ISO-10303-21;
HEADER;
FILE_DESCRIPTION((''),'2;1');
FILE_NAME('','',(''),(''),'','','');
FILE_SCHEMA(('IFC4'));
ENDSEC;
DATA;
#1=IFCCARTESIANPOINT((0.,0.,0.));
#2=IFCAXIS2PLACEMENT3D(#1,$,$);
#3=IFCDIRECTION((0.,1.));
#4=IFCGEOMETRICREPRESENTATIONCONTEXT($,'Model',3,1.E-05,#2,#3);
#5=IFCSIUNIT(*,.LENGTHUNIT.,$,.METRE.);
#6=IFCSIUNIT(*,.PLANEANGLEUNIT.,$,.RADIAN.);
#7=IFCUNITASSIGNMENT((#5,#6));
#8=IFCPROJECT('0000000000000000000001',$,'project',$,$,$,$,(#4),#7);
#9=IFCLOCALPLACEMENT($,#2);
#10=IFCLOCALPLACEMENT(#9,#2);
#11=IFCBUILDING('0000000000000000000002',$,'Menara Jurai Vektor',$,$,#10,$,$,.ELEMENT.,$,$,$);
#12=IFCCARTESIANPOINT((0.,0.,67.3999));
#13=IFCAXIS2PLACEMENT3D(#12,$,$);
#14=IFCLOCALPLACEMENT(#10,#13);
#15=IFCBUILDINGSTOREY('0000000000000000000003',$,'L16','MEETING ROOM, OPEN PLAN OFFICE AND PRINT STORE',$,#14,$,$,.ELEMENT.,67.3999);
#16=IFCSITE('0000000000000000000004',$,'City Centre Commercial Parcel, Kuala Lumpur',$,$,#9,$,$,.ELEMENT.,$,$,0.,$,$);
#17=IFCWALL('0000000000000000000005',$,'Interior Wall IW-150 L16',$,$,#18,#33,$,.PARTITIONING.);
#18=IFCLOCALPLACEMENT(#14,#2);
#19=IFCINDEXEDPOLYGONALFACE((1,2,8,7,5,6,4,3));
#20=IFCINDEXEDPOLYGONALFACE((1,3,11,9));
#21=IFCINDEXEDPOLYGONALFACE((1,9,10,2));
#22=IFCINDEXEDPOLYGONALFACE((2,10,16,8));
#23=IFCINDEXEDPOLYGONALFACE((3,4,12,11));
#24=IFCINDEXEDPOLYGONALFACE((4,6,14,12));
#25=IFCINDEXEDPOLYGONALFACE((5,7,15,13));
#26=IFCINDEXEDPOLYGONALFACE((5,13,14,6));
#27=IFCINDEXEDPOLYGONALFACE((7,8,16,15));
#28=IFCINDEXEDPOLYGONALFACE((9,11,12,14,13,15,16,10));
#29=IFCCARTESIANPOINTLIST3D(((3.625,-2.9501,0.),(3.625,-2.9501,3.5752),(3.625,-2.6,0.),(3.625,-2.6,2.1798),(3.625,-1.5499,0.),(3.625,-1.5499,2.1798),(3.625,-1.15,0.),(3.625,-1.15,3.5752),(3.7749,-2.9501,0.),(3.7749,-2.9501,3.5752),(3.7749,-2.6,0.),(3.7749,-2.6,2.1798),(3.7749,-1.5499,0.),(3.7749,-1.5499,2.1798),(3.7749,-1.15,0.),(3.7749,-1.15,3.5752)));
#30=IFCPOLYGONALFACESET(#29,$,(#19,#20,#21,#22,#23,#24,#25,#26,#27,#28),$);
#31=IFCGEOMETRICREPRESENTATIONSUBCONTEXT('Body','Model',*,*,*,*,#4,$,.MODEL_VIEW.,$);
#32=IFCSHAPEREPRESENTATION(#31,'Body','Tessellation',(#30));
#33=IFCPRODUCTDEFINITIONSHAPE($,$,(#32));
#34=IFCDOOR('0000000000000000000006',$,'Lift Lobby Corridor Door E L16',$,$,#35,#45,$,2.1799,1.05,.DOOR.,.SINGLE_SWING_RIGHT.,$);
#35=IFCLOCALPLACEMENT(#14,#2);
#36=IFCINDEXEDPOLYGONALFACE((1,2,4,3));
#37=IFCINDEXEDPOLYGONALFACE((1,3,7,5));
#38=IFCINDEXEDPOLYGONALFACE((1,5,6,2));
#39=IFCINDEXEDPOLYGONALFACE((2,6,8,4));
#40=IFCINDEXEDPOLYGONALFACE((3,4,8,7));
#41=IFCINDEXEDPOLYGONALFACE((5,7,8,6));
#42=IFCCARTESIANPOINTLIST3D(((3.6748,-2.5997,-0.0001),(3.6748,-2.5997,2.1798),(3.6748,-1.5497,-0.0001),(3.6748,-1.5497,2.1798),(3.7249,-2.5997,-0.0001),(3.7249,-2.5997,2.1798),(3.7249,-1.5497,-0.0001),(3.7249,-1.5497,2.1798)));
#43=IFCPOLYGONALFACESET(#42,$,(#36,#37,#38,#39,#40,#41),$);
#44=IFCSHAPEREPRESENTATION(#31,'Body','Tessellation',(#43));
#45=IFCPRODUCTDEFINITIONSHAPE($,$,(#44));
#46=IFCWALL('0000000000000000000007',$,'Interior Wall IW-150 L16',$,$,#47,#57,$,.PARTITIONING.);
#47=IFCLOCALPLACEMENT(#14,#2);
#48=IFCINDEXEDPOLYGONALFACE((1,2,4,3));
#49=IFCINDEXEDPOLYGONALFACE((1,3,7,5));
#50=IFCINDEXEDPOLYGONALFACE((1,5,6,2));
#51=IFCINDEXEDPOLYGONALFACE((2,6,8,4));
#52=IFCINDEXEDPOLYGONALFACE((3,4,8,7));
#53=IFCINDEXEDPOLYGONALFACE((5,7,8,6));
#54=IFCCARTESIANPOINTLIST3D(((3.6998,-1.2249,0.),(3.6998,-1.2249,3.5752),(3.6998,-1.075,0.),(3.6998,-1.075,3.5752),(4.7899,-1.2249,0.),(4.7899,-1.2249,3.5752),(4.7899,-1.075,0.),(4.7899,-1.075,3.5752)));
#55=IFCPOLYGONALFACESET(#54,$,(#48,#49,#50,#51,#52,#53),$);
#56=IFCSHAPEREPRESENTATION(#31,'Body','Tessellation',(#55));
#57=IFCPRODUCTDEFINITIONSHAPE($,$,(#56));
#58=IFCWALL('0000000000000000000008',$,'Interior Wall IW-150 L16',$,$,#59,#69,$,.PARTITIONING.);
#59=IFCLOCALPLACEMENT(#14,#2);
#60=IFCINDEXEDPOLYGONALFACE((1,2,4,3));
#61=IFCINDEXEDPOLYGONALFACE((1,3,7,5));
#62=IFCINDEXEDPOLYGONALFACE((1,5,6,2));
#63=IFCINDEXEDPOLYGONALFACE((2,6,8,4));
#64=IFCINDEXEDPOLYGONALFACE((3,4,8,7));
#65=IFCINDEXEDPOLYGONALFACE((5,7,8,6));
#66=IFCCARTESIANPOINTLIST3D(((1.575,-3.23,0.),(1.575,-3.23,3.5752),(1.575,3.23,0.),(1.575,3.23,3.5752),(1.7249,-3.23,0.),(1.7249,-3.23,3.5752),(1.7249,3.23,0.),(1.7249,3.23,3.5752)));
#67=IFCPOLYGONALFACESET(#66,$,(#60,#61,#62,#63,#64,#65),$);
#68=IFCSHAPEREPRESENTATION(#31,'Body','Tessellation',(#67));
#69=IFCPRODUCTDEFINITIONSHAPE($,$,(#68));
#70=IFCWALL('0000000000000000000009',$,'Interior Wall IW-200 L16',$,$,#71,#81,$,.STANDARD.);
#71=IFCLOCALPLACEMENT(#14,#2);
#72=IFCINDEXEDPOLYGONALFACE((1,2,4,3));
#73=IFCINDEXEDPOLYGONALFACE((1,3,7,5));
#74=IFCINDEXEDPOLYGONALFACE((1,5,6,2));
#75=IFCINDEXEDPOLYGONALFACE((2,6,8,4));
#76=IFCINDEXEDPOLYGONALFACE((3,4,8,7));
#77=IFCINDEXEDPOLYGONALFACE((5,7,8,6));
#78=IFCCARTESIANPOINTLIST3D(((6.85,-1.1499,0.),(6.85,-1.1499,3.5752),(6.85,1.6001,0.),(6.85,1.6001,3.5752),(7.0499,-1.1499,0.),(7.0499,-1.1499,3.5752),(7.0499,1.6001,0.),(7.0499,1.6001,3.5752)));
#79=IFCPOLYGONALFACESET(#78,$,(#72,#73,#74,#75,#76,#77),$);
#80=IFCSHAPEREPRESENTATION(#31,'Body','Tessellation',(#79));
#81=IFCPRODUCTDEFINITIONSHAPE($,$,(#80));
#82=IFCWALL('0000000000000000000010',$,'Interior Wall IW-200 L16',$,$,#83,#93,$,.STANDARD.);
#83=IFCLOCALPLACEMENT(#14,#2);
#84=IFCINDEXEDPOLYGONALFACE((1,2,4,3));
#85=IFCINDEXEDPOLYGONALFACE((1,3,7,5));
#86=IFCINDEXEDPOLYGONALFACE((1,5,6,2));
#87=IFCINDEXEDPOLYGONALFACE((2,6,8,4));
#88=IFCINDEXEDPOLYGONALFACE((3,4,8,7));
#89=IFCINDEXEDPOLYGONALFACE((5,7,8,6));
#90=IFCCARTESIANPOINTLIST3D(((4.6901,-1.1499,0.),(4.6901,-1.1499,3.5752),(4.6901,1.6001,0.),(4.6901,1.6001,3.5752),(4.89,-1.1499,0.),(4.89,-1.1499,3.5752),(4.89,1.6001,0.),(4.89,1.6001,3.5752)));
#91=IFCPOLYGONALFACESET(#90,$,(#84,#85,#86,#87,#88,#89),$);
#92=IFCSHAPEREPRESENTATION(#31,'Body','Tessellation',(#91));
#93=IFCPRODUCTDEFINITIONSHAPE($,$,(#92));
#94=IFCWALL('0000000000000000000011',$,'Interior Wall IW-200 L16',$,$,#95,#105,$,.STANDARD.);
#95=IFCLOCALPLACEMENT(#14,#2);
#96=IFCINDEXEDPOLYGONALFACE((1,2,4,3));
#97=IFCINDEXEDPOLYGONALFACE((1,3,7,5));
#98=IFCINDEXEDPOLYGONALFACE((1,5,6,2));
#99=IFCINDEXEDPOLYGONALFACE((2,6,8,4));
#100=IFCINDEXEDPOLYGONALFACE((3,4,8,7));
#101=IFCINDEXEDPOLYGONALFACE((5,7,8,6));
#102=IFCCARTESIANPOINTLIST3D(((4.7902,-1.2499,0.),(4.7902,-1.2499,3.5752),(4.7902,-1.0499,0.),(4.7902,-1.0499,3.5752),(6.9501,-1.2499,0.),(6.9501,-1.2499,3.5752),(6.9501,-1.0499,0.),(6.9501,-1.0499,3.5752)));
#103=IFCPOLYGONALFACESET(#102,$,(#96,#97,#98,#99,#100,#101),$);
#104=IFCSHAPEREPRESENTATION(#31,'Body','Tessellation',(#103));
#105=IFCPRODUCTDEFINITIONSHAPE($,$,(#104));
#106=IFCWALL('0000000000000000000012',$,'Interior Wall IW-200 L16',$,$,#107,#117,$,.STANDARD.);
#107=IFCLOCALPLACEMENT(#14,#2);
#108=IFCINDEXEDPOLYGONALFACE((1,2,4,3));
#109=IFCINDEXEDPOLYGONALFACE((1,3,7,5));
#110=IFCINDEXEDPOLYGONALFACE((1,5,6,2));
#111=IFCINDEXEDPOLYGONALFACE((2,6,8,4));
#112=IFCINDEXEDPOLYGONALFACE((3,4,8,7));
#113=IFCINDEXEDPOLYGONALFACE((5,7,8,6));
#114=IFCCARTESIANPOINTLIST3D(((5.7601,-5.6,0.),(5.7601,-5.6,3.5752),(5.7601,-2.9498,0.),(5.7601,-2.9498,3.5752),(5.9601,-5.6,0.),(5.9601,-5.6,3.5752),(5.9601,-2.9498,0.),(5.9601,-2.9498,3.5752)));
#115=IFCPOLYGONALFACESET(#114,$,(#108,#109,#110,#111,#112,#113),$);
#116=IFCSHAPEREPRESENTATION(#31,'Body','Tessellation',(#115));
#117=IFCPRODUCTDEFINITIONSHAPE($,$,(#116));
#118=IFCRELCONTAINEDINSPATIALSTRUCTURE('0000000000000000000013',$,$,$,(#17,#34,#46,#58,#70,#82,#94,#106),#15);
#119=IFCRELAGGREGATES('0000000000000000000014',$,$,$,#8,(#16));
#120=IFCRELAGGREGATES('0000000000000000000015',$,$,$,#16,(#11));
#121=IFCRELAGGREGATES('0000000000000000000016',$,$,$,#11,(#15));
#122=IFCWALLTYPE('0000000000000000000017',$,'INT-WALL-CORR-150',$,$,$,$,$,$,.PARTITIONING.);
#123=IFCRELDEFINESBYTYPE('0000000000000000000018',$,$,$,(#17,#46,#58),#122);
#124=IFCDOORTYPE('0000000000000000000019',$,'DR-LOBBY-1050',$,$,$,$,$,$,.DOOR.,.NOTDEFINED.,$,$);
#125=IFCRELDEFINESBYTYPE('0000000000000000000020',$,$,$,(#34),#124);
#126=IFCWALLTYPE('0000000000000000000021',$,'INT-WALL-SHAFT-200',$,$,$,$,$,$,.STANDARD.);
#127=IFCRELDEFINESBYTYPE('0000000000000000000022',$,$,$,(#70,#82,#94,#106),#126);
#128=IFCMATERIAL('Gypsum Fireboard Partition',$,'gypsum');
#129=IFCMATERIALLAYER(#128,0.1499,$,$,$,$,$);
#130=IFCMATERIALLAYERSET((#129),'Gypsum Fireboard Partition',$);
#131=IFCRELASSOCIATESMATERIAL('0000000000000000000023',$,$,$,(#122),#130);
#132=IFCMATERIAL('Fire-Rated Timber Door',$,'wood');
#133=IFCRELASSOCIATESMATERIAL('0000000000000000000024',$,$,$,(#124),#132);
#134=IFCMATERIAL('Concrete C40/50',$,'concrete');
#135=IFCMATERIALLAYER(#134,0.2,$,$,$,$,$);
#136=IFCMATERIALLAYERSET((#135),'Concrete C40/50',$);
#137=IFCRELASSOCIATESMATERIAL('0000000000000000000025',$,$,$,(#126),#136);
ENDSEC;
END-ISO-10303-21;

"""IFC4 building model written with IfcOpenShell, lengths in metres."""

from ifc_helpers import new_model, si_unit, direction, frame, frame_2d, origin, place, context, subcontext, project, spatial, rectangle, extrude, material, layer, layer_set, type_object, element, fill, save


model = new_model("IFC4")

# Units and contexts
model_context = context("Model", 3, precision=1e-05, world=origin(), true_north=direction((0.0, 1.0)))
body_context = subcontext(model_context, "Body", "Model", "MODEL_VIEW")
ifc_project = project(units=[si_unit("LENGTHUNIT", "METRE"), si_unit("PLANEANGLEUNIT", "RADIAN")], contexts=[model_context])

# Site, building, storey
site_placement = place(None, origin())
site = spatial("IfcSite", under=ifc_project, at=site_placement, Name="City Centre Commercial Parcel, Kuala Lumpur", CompositionType="ELEMENT", RefElevation=0.0)
building_placement = place(site_placement, origin())
building = spatial("IfcBuilding", under=site, at=building_placement, Name="Menara Jurai Vektor", CompositionType="ELEMENT")
storey_placement = place(building_placement, frame((0.0, 0.0, 67.3999)))
storey = spatial("IfcBuildingStorey", under=building, at=storey_placement, Name="L16", Description="MEETING ROOM, OPEN PLAN OFFICE AND PRINT STORE", CompositionType="ELEMENT", Elevation=67.3999)

# Shared definitions
ifc_material_1 = material(Name="Concrete C40/50", Category="concrete")

# Wall, opening, door
ifc_material_2 = material(Name="Gypsum Fireboard Partition", Category="gypsum")
ifc_layer_1 = layer(ifc_material_2, 0.1499)
ifc_layer_set_1 = layer_set([ifc_layer_1], Name="Gypsum Fireboard Partition")
wall_type_1 = type_object("IfcWallType", Name="INT-WALL-CORR-150", PredefinedType="PARTITIONING", material=ifc_layer_set_1)
wall_1_placement = place(storey_placement, frame((3.7, -2.95, 0.0), z_axis=(0.0, 0.0, 1.0), x_axis=(0.0, 1.0, 0.0)))
wall_1 = element("IfcWall", 1, at=wall_1_placement, inside=storey, type_object=wall_type_1, Name="Interior Wall IW-150 L16", PredefinedType="PARTITIONING", context=body_context, shape_type="SweptSolid", body=[
    extrude(rectangle(XDim=1.8, YDim=0.1499, at=frame_2d((0.8999, 0.0))), origin(), (0.0, 0.0, 1.0), 3.5752),
])
opening_1_placement = place(wall_1_placement, frame((0.3501, 0.0, 0.0)))
opening_1 = element("IfcOpeningElement", 2, at=opening_1_placement, cuts=wall_1, PredefinedType="OPENING", context=body_context, shape_type="SweptSolid", body=[
    extrude(rectangle(XDim=1.05, YDim=2.1799, at=frame_2d((0.5249, 1.0898))), frame((0.0, 0.085, 0.0), z_axis=(0.0, -1.0, 0.0), x_axis=(1.0, 0.0, 0.0)), (0.0, 0.0, 1.0), 0.1699),
])
ifc_material_3 = material(Name="Fire-Rated Timber Door", Category="wood")
door_type_1 = type_object("IfcDoorType", Name="DR-LOBBY-1050", OperationType="NOTDEFINED", PredefinedType="DOOR", material=ifc_material_3)
door_1_placement = place(opening_1_placement, frame((1.05, 0.0, 0.0), z_axis=(0.0, 0.0, 1.0), x_axis=(-1.0, 0.0, 0.0)))
door_1 = element("IfcDoor", 3, at=door_1_placement, inside=storey, type_object=door_type_1, Name="Lift Lobby Corridor Door E L16", OperationType="SINGLE_SWING_RIGHT", OverallHeight=2.1799, OverallWidth=1.05, PredefinedType="DOOR", context=body_context, shape_type="SweptSolid", body=[
    extrude(rectangle(XDim=1.05, YDim=2.1799, at=frame_2d((0.5249, 1.0898))), frame((0.0, 0.0249, 0.0), z_axis=(0.0, -1.0, 0.0), x_axis=(1.0, 0.0, 0.0)), (0.0, 0.0, 1.0), 0.05),
])
fill(opening_1, door_1)

# Walls
wall_2_placement = place(storey_placement, frame((3.7, -1.1499, 0.0), z_axis=(0.0, 0.0, 1.0), x_axis=(1.0, 0.0, 0.0)))
element("IfcWall", 4, at=wall_2_placement, inside=storey, type_object=wall_type_1, Name="Interior Wall IW-150 L16", PredefinedType="PARTITIONING", context=body_context, shape_type="SweptSolid", body=[
    extrude(rectangle(XDim=1.0901, YDim=0.1499, at=frame_2d((0.5449, 0.0))), origin(), (0.0, 0.0, 1.0), 3.5752),
])
wall_3_placement = place(storey_placement, frame((1.6499, -3.23, 0.0), z_axis=(0.0, 0.0, 1.0), x_axis=(0.0, 1.0, 0.0)))
element("IfcWall", 5, at=wall_3_placement, inside=storey, type_object=wall_type_1, Name="Interior Wall IW-150 L16", PredefinedType="PARTITIONING", context=body_context, shape_type="SweptSolid", body=[
    extrude(rectangle(XDim=6.46, YDim=0.1499, at=frame_2d((3.23, 0.0))), origin(), (0.0, 0.0, 1.0), 3.5752),
])

# Shared definitions
ifc_layer_2 = layer(ifc_material_1, 0.2)
ifc_layer_set_2 = layer_set([ifc_layer_2], Name="Concrete C40/50")
wall_type_2 = type_object("IfcWallType", Name="INT-WALL-SHAFT-200", PredefinedType="STANDARD", material=ifc_layer_set_2)

# Walls
for number, where, z_axis, x_axis, name in (
    (6, (6.95, -1.1499, 0.0), (0.0, 0.0, 1.0), (0.0, 1.0, 0.0), "Interior Wall IW-200 L16"),
    (7, (4.79, -1.1499, 0.0), (0.0, 0.0, 1.0), (0.0, 1.0, 0.0), "Interior Wall IW-200 L16"),
):
    element("IfcWall", number, at=place(storey_placement, frame(where, z_axis=z_axis, x_axis=x_axis)), inside=storey, type_object=wall_type_2, Name=name, PredefinedType="STANDARD", context=body_context, shape_type="SweptSolid", body=[
        extrude(rectangle(XDim=2.75, YDim=0.2, at=frame_2d((1.375, 0.0))), origin(), (0.0, 0.0, 1.0), 3.5752),
    ])
wall_4_placement = place(storey_placement, frame((4.79, -1.1499, 0.0), z_axis=(0.0, 0.0, 1.0), x_axis=(1.0, 0.0, 0.0)))
element("IfcWall", 8, at=wall_4_placement, inside=storey, type_object=wall_type_2, Name="Interior Wall IW-200 L16", PredefinedType="STANDARD", context=body_context, shape_type="SweptSolid", body=[
    extrude(rectangle(XDim=2.1599, YDim=0.2, at=frame_2d((1.0801, 0.0))), origin(), (0.0, 0.0, 1.0), 3.5752),
])

# Wall
wall_5_placement = place(storey_placement, frame((5.8601, -5.6001, 0.0), z_axis=(0.0, 0.0, 1.0), x_axis=(0.0, 1.0, 0.0)))
element("IfcWall", 9, at=wall_5_placement, inside=storey, type_object=wall_type_2, Name="Interior Wall IW-200 L16", PredefinedType="STANDARD", context=body_context, shape_type="SweptSolid", body=[
    extrude(rectangle(XDim=2.6501, YDim=0.2, at=frame_2d((1.3252, 0.0))), origin(), (0.0, 0.0, 1.0), 3.5752),
])

save(model, "model.ifc")
